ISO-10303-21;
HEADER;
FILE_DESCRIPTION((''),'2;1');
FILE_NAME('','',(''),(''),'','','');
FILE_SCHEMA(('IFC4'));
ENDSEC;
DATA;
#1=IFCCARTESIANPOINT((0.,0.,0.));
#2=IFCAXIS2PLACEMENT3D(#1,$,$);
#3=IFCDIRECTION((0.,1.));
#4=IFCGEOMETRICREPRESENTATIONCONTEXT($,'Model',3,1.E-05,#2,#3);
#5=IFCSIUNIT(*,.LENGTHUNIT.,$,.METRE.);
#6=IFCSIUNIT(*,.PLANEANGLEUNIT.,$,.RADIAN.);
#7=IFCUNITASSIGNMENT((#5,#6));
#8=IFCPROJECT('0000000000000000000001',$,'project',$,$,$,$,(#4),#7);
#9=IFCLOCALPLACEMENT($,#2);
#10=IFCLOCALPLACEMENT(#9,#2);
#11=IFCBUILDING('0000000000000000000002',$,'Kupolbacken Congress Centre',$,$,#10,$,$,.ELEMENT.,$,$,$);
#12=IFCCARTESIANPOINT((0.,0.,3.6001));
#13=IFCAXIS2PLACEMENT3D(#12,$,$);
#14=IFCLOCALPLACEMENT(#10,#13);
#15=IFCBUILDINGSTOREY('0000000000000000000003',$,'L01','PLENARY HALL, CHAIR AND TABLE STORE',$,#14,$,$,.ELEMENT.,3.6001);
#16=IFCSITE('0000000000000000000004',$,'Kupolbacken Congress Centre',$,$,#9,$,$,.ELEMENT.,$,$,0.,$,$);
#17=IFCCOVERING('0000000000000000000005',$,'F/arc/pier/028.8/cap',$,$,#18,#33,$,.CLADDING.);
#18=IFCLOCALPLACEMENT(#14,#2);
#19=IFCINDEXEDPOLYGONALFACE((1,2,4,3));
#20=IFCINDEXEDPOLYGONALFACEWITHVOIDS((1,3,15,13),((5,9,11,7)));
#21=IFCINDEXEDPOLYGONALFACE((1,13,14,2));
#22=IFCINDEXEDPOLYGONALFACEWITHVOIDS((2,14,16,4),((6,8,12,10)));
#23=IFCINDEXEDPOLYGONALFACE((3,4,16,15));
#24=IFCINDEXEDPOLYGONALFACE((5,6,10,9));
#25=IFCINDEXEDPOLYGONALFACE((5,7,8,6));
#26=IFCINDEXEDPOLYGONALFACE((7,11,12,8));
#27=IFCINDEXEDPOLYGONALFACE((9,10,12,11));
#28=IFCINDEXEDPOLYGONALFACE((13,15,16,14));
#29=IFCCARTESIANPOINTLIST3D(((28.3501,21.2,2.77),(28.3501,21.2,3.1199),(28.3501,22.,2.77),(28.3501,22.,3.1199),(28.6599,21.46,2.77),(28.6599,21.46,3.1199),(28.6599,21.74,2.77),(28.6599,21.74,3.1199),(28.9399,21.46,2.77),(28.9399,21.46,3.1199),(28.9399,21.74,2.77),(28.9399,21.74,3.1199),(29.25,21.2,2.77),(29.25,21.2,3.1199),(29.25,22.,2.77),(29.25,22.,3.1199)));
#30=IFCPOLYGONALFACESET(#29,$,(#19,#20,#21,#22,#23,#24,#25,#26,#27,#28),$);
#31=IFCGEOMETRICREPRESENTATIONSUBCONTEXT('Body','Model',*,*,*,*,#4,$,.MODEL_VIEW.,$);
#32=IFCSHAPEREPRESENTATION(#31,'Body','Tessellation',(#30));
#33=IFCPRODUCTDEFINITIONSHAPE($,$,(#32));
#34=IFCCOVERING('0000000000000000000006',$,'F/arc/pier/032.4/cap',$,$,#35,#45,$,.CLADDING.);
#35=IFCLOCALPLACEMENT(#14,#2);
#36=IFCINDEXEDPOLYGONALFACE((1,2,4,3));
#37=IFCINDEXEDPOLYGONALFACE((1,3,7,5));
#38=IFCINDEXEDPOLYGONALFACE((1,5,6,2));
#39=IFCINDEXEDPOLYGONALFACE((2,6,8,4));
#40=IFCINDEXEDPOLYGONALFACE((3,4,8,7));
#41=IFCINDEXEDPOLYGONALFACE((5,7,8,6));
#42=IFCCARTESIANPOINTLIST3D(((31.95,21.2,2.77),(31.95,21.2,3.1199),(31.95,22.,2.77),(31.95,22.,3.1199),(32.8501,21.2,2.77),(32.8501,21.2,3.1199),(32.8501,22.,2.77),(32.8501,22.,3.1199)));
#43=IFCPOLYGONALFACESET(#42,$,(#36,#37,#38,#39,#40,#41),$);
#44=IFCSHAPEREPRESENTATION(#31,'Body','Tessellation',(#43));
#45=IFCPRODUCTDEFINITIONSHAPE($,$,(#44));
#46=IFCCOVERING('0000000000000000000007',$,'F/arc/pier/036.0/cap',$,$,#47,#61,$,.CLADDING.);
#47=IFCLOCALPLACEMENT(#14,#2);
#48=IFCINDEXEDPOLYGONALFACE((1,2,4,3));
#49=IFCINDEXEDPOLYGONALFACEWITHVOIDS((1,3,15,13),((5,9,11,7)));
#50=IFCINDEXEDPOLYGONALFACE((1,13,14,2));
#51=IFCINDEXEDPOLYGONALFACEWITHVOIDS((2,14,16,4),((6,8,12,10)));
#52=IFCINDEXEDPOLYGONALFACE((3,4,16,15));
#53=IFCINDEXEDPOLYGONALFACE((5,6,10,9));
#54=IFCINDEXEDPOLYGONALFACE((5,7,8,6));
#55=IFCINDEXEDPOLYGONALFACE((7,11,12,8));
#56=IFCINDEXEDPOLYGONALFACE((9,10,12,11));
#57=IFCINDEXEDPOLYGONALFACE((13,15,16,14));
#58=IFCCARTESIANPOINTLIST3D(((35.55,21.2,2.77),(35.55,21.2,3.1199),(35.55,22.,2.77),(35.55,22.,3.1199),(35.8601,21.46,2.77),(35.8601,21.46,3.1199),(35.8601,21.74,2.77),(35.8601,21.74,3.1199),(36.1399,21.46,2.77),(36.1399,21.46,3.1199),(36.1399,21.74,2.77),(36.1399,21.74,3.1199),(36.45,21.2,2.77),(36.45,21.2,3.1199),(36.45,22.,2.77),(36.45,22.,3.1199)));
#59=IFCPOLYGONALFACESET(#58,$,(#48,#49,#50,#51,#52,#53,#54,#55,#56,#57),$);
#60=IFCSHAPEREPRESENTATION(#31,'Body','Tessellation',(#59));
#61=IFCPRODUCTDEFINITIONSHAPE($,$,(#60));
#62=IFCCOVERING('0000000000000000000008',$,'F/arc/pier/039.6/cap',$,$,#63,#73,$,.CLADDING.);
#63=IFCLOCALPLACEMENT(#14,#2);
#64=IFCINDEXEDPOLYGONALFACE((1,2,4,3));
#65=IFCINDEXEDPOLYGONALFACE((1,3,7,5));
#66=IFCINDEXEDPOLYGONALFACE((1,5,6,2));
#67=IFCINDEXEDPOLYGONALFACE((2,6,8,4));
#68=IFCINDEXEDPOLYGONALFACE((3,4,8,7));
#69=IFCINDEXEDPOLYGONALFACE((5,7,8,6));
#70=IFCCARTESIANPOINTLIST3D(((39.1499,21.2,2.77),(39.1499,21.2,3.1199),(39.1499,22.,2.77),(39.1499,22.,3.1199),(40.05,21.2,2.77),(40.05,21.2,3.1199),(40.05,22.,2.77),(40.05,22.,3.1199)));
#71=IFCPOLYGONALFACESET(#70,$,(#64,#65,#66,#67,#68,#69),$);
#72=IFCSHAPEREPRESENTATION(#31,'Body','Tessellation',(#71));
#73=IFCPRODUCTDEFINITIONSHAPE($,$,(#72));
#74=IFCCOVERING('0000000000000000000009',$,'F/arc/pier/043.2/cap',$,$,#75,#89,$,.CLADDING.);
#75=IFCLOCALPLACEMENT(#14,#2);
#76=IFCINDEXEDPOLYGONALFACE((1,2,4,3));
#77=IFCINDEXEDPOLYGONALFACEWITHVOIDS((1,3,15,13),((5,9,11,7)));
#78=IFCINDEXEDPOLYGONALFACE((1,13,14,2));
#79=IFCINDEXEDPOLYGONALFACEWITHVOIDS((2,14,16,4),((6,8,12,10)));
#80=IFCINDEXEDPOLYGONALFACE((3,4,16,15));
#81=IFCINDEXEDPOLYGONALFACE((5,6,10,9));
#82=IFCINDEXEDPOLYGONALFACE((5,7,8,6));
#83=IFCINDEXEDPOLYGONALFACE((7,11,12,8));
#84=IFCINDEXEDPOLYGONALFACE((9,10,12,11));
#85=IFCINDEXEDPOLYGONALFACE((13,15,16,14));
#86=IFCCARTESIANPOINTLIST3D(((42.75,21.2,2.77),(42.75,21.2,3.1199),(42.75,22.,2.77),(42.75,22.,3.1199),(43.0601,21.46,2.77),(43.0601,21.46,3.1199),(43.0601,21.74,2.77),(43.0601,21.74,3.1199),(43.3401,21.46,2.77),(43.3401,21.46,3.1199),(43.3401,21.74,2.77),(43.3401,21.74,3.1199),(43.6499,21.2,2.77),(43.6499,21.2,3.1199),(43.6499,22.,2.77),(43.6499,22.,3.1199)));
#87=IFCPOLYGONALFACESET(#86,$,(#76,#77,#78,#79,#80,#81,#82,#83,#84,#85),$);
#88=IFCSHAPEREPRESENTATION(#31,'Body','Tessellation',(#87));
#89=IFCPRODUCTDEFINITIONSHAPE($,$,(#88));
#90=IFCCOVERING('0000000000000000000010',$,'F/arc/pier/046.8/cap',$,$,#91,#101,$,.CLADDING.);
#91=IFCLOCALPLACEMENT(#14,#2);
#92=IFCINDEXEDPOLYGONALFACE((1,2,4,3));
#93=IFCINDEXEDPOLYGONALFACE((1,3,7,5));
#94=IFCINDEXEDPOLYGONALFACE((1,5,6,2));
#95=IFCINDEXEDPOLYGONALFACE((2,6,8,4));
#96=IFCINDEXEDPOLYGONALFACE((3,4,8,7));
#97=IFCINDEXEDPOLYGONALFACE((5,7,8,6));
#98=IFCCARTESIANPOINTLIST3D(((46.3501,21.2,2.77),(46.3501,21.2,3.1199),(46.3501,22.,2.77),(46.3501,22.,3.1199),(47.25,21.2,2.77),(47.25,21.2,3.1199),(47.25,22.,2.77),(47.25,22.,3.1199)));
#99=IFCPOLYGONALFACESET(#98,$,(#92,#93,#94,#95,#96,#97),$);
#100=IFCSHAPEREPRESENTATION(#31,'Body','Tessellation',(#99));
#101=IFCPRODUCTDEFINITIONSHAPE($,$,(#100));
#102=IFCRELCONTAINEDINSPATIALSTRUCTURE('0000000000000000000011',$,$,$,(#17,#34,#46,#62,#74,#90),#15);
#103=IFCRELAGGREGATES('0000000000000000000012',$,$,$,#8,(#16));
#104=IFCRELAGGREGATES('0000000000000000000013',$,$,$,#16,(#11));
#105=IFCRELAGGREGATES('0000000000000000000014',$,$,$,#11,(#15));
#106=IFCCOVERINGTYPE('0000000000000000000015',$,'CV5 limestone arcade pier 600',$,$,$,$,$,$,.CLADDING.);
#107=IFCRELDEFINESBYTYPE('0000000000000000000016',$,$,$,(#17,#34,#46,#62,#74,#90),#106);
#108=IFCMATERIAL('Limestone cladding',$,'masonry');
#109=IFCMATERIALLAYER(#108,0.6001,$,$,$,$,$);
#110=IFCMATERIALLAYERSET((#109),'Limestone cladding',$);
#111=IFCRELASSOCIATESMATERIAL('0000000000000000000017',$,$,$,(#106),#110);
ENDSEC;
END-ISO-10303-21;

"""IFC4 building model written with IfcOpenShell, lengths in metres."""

from ifc_helpers import new_model, si_unit, direction, frame, origin, place, context, subcontext, project, spatial, polyline, outline, extrude, material, layer, layer_set, type_object, element, save


model = new_model("IFC4")

# Units and contexts
model_context = context("Model", 3, precision=1e-05, world=origin(), true_north=direction((0.0, 1.0)))
body_context = subcontext(model_context, "Body", "Model", "MODEL_VIEW")
ifc_project = project(units=[si_unit("LENGTHUNIT", "METRE"), si_unit("PLANEANGLEUNIT", "RADIAN")], contexts=[model_context])

# Site, building, storey
site_placement = place(None, origin())
site = spatial("IfcSite", under=ifc_project, at=site_placement, Name="Kupolbacken Congress Centre", CompositionType="ELEMENT", RefElevation=0.0)
building_placement = place(site_placement, origin())
building = spatial("IfcBuilding", under=site, at=building_placement, Name="Kupolbacken Congress Centre", CompositionType="ELEMENT")
storey_placement = place(building_placement, frame((0.0, 0.0, 3.6001)))
storey = spatial("IfcBuildingStorey", under=building, at=storey_placement, Name="L01", Description="PLENARY HALL, CHAIR AND TABLE STORE", CompositionType="ELEMENT", Elevation=3.6001)

# Coverings
ifc_material_1 = material(Name="Limestone cladding", Category="masonry")
ifc_layer_1 = layer(ifc_material_1, 0.6001)
ifc_layer_set_1 = layer_set([ifc_layer_1], Name="Limestone cladding")
covering_type = type_object("IfcCoveringType", Name="CV5 limestone arcade pier 600", PredefinedType="CLADDING", material=ifc_layer_set_1)
covering_1_placement = place(storey_placement, frame((0.0, 0.0, 2.77)))
element("IfcCovering", 1, at=covering_1_placement, inside=storey, type_object=covering_type, Name="F/arc/pier/028.8/cap", PredefinedType="CLADDING", context=body_context, shape_type="SweptSolid", body=[
    extrude(outline(polyline([(28.3501, 21.2), (29.25, 21.2), (29.25, 22.0), (28.3501, 22.0), (28.3501, 21.2)]), holes=[polyline([(28.6599, 21.46), (28.9399, 21.46), (28.9399, 21.74), (28.6599, 21.74), (28.6599, 21.46)])]), origin(), (0.0, 0.0, 1.0), 0.3499),
])
covering_2_placement = place(storey_placement, frame((0.0, 0.0, 2.77)))
element("IfcCovering", 2, at=covering_2_placement, inside=storey, type_object=covering_type, Name="F/arc/pier/032.4/cap", PredefinedType="CLADDING", context=body_context, shape_type="SweptSolid", body=[
    extrude(outline(polyline([(31.95, 21.2), (32.8501, 21.2), (32.8501, 22.0), (31.95, 22.0), (31.95, 21.2)])), origin(), (0.0, 0.0, 1.0), 0.3499),
])
covering_3_placement = place(storey_placement, frame((0.0, 0.0, 2.77)))
element("IfcCovering", 3, at=covering_3_placement, inside=storey, type_object=covering_type, Name="F/arc/pier/036.0/cap", PredefinedType="CLADDING", context=body_context, shape_type="SweptSolid", body=[
    extrude(outline(polyline([(35.55, 21.2), (36.45, 21.2), (36.45, 22.0), (35.55, 22.0), (35.55, 21.2)]), holes=[polyline([(35.8601, 21.46), (36.1399, 21.46), (36.1399, 21.74), (35.8601, 21.74), (35.8601, 21.46)])]), origin(), (0.0, 0.0, 1.0), 0.3499),
])
covering_4_placement = place(storey_placement, frame((0.0, 0.0, 2.77)))
element("IfcCovering", 4, at=covering_4_placement, inside=storey, type_object=covering_type, Name="F/arc/pier/039.6/cap", PredefinedType="CLADDING", context=body_context, shape_type="SweptSolid", body=[
    extrude(outline(polyline([(39.1499, 21.2), (40.05, 21.2), (40.05, 22.0), (39.1499, 22.0), (39.1499, 21.2)])), origin(), (0.0, 0.0, 1.0), 0.3499),
])
covering_5_placement = place(storey_placement, frame((0.0, 0.0, 2.77)))
element("IfcCovering", 5, at=covering_5_placement, inside=storey, type_object=covering_type, Name="F/arc/pier/043.2/cap", PredefinedType="CLADDING", context=body_context, shape_type="SweptSolid", body=[
    extrude(outline(polyline([(42.75, 21.2), (43.6499, 21.2), (43.6499, 22.0), (42.75, 22.0), (42.75, 21.2)]), holes=[polyline([(43.0601, 21.46), (43.3401, 21.46), (43.3401, 21.74), (43.0601, 21.74), (43.0601, 21.46)])]), origin(), (0.0, 0.0, 1.0), 0.3499),
])
covering_6_placement = place(storey_placement, frame((0.0, 0.0, 2.77)))
element("IfcCovering", 6, at=covering_6_placement, inside=storey, type_object=covering_type, Name="F/arc/pier/046.8/cap", PredefinedType="CLADDING", context=body_context, shape_type="SweptSolid", body=[
    extrude(outline(polyline([(46.3501, 21.2), (47.25, 21.2), (47.25, 22.0), (46.3501, 22.0), (46.3501, 21.2)])), origin(), (0.0, 0.0, 1.0), 0.3499),
])

save(model, "model.ifc")
